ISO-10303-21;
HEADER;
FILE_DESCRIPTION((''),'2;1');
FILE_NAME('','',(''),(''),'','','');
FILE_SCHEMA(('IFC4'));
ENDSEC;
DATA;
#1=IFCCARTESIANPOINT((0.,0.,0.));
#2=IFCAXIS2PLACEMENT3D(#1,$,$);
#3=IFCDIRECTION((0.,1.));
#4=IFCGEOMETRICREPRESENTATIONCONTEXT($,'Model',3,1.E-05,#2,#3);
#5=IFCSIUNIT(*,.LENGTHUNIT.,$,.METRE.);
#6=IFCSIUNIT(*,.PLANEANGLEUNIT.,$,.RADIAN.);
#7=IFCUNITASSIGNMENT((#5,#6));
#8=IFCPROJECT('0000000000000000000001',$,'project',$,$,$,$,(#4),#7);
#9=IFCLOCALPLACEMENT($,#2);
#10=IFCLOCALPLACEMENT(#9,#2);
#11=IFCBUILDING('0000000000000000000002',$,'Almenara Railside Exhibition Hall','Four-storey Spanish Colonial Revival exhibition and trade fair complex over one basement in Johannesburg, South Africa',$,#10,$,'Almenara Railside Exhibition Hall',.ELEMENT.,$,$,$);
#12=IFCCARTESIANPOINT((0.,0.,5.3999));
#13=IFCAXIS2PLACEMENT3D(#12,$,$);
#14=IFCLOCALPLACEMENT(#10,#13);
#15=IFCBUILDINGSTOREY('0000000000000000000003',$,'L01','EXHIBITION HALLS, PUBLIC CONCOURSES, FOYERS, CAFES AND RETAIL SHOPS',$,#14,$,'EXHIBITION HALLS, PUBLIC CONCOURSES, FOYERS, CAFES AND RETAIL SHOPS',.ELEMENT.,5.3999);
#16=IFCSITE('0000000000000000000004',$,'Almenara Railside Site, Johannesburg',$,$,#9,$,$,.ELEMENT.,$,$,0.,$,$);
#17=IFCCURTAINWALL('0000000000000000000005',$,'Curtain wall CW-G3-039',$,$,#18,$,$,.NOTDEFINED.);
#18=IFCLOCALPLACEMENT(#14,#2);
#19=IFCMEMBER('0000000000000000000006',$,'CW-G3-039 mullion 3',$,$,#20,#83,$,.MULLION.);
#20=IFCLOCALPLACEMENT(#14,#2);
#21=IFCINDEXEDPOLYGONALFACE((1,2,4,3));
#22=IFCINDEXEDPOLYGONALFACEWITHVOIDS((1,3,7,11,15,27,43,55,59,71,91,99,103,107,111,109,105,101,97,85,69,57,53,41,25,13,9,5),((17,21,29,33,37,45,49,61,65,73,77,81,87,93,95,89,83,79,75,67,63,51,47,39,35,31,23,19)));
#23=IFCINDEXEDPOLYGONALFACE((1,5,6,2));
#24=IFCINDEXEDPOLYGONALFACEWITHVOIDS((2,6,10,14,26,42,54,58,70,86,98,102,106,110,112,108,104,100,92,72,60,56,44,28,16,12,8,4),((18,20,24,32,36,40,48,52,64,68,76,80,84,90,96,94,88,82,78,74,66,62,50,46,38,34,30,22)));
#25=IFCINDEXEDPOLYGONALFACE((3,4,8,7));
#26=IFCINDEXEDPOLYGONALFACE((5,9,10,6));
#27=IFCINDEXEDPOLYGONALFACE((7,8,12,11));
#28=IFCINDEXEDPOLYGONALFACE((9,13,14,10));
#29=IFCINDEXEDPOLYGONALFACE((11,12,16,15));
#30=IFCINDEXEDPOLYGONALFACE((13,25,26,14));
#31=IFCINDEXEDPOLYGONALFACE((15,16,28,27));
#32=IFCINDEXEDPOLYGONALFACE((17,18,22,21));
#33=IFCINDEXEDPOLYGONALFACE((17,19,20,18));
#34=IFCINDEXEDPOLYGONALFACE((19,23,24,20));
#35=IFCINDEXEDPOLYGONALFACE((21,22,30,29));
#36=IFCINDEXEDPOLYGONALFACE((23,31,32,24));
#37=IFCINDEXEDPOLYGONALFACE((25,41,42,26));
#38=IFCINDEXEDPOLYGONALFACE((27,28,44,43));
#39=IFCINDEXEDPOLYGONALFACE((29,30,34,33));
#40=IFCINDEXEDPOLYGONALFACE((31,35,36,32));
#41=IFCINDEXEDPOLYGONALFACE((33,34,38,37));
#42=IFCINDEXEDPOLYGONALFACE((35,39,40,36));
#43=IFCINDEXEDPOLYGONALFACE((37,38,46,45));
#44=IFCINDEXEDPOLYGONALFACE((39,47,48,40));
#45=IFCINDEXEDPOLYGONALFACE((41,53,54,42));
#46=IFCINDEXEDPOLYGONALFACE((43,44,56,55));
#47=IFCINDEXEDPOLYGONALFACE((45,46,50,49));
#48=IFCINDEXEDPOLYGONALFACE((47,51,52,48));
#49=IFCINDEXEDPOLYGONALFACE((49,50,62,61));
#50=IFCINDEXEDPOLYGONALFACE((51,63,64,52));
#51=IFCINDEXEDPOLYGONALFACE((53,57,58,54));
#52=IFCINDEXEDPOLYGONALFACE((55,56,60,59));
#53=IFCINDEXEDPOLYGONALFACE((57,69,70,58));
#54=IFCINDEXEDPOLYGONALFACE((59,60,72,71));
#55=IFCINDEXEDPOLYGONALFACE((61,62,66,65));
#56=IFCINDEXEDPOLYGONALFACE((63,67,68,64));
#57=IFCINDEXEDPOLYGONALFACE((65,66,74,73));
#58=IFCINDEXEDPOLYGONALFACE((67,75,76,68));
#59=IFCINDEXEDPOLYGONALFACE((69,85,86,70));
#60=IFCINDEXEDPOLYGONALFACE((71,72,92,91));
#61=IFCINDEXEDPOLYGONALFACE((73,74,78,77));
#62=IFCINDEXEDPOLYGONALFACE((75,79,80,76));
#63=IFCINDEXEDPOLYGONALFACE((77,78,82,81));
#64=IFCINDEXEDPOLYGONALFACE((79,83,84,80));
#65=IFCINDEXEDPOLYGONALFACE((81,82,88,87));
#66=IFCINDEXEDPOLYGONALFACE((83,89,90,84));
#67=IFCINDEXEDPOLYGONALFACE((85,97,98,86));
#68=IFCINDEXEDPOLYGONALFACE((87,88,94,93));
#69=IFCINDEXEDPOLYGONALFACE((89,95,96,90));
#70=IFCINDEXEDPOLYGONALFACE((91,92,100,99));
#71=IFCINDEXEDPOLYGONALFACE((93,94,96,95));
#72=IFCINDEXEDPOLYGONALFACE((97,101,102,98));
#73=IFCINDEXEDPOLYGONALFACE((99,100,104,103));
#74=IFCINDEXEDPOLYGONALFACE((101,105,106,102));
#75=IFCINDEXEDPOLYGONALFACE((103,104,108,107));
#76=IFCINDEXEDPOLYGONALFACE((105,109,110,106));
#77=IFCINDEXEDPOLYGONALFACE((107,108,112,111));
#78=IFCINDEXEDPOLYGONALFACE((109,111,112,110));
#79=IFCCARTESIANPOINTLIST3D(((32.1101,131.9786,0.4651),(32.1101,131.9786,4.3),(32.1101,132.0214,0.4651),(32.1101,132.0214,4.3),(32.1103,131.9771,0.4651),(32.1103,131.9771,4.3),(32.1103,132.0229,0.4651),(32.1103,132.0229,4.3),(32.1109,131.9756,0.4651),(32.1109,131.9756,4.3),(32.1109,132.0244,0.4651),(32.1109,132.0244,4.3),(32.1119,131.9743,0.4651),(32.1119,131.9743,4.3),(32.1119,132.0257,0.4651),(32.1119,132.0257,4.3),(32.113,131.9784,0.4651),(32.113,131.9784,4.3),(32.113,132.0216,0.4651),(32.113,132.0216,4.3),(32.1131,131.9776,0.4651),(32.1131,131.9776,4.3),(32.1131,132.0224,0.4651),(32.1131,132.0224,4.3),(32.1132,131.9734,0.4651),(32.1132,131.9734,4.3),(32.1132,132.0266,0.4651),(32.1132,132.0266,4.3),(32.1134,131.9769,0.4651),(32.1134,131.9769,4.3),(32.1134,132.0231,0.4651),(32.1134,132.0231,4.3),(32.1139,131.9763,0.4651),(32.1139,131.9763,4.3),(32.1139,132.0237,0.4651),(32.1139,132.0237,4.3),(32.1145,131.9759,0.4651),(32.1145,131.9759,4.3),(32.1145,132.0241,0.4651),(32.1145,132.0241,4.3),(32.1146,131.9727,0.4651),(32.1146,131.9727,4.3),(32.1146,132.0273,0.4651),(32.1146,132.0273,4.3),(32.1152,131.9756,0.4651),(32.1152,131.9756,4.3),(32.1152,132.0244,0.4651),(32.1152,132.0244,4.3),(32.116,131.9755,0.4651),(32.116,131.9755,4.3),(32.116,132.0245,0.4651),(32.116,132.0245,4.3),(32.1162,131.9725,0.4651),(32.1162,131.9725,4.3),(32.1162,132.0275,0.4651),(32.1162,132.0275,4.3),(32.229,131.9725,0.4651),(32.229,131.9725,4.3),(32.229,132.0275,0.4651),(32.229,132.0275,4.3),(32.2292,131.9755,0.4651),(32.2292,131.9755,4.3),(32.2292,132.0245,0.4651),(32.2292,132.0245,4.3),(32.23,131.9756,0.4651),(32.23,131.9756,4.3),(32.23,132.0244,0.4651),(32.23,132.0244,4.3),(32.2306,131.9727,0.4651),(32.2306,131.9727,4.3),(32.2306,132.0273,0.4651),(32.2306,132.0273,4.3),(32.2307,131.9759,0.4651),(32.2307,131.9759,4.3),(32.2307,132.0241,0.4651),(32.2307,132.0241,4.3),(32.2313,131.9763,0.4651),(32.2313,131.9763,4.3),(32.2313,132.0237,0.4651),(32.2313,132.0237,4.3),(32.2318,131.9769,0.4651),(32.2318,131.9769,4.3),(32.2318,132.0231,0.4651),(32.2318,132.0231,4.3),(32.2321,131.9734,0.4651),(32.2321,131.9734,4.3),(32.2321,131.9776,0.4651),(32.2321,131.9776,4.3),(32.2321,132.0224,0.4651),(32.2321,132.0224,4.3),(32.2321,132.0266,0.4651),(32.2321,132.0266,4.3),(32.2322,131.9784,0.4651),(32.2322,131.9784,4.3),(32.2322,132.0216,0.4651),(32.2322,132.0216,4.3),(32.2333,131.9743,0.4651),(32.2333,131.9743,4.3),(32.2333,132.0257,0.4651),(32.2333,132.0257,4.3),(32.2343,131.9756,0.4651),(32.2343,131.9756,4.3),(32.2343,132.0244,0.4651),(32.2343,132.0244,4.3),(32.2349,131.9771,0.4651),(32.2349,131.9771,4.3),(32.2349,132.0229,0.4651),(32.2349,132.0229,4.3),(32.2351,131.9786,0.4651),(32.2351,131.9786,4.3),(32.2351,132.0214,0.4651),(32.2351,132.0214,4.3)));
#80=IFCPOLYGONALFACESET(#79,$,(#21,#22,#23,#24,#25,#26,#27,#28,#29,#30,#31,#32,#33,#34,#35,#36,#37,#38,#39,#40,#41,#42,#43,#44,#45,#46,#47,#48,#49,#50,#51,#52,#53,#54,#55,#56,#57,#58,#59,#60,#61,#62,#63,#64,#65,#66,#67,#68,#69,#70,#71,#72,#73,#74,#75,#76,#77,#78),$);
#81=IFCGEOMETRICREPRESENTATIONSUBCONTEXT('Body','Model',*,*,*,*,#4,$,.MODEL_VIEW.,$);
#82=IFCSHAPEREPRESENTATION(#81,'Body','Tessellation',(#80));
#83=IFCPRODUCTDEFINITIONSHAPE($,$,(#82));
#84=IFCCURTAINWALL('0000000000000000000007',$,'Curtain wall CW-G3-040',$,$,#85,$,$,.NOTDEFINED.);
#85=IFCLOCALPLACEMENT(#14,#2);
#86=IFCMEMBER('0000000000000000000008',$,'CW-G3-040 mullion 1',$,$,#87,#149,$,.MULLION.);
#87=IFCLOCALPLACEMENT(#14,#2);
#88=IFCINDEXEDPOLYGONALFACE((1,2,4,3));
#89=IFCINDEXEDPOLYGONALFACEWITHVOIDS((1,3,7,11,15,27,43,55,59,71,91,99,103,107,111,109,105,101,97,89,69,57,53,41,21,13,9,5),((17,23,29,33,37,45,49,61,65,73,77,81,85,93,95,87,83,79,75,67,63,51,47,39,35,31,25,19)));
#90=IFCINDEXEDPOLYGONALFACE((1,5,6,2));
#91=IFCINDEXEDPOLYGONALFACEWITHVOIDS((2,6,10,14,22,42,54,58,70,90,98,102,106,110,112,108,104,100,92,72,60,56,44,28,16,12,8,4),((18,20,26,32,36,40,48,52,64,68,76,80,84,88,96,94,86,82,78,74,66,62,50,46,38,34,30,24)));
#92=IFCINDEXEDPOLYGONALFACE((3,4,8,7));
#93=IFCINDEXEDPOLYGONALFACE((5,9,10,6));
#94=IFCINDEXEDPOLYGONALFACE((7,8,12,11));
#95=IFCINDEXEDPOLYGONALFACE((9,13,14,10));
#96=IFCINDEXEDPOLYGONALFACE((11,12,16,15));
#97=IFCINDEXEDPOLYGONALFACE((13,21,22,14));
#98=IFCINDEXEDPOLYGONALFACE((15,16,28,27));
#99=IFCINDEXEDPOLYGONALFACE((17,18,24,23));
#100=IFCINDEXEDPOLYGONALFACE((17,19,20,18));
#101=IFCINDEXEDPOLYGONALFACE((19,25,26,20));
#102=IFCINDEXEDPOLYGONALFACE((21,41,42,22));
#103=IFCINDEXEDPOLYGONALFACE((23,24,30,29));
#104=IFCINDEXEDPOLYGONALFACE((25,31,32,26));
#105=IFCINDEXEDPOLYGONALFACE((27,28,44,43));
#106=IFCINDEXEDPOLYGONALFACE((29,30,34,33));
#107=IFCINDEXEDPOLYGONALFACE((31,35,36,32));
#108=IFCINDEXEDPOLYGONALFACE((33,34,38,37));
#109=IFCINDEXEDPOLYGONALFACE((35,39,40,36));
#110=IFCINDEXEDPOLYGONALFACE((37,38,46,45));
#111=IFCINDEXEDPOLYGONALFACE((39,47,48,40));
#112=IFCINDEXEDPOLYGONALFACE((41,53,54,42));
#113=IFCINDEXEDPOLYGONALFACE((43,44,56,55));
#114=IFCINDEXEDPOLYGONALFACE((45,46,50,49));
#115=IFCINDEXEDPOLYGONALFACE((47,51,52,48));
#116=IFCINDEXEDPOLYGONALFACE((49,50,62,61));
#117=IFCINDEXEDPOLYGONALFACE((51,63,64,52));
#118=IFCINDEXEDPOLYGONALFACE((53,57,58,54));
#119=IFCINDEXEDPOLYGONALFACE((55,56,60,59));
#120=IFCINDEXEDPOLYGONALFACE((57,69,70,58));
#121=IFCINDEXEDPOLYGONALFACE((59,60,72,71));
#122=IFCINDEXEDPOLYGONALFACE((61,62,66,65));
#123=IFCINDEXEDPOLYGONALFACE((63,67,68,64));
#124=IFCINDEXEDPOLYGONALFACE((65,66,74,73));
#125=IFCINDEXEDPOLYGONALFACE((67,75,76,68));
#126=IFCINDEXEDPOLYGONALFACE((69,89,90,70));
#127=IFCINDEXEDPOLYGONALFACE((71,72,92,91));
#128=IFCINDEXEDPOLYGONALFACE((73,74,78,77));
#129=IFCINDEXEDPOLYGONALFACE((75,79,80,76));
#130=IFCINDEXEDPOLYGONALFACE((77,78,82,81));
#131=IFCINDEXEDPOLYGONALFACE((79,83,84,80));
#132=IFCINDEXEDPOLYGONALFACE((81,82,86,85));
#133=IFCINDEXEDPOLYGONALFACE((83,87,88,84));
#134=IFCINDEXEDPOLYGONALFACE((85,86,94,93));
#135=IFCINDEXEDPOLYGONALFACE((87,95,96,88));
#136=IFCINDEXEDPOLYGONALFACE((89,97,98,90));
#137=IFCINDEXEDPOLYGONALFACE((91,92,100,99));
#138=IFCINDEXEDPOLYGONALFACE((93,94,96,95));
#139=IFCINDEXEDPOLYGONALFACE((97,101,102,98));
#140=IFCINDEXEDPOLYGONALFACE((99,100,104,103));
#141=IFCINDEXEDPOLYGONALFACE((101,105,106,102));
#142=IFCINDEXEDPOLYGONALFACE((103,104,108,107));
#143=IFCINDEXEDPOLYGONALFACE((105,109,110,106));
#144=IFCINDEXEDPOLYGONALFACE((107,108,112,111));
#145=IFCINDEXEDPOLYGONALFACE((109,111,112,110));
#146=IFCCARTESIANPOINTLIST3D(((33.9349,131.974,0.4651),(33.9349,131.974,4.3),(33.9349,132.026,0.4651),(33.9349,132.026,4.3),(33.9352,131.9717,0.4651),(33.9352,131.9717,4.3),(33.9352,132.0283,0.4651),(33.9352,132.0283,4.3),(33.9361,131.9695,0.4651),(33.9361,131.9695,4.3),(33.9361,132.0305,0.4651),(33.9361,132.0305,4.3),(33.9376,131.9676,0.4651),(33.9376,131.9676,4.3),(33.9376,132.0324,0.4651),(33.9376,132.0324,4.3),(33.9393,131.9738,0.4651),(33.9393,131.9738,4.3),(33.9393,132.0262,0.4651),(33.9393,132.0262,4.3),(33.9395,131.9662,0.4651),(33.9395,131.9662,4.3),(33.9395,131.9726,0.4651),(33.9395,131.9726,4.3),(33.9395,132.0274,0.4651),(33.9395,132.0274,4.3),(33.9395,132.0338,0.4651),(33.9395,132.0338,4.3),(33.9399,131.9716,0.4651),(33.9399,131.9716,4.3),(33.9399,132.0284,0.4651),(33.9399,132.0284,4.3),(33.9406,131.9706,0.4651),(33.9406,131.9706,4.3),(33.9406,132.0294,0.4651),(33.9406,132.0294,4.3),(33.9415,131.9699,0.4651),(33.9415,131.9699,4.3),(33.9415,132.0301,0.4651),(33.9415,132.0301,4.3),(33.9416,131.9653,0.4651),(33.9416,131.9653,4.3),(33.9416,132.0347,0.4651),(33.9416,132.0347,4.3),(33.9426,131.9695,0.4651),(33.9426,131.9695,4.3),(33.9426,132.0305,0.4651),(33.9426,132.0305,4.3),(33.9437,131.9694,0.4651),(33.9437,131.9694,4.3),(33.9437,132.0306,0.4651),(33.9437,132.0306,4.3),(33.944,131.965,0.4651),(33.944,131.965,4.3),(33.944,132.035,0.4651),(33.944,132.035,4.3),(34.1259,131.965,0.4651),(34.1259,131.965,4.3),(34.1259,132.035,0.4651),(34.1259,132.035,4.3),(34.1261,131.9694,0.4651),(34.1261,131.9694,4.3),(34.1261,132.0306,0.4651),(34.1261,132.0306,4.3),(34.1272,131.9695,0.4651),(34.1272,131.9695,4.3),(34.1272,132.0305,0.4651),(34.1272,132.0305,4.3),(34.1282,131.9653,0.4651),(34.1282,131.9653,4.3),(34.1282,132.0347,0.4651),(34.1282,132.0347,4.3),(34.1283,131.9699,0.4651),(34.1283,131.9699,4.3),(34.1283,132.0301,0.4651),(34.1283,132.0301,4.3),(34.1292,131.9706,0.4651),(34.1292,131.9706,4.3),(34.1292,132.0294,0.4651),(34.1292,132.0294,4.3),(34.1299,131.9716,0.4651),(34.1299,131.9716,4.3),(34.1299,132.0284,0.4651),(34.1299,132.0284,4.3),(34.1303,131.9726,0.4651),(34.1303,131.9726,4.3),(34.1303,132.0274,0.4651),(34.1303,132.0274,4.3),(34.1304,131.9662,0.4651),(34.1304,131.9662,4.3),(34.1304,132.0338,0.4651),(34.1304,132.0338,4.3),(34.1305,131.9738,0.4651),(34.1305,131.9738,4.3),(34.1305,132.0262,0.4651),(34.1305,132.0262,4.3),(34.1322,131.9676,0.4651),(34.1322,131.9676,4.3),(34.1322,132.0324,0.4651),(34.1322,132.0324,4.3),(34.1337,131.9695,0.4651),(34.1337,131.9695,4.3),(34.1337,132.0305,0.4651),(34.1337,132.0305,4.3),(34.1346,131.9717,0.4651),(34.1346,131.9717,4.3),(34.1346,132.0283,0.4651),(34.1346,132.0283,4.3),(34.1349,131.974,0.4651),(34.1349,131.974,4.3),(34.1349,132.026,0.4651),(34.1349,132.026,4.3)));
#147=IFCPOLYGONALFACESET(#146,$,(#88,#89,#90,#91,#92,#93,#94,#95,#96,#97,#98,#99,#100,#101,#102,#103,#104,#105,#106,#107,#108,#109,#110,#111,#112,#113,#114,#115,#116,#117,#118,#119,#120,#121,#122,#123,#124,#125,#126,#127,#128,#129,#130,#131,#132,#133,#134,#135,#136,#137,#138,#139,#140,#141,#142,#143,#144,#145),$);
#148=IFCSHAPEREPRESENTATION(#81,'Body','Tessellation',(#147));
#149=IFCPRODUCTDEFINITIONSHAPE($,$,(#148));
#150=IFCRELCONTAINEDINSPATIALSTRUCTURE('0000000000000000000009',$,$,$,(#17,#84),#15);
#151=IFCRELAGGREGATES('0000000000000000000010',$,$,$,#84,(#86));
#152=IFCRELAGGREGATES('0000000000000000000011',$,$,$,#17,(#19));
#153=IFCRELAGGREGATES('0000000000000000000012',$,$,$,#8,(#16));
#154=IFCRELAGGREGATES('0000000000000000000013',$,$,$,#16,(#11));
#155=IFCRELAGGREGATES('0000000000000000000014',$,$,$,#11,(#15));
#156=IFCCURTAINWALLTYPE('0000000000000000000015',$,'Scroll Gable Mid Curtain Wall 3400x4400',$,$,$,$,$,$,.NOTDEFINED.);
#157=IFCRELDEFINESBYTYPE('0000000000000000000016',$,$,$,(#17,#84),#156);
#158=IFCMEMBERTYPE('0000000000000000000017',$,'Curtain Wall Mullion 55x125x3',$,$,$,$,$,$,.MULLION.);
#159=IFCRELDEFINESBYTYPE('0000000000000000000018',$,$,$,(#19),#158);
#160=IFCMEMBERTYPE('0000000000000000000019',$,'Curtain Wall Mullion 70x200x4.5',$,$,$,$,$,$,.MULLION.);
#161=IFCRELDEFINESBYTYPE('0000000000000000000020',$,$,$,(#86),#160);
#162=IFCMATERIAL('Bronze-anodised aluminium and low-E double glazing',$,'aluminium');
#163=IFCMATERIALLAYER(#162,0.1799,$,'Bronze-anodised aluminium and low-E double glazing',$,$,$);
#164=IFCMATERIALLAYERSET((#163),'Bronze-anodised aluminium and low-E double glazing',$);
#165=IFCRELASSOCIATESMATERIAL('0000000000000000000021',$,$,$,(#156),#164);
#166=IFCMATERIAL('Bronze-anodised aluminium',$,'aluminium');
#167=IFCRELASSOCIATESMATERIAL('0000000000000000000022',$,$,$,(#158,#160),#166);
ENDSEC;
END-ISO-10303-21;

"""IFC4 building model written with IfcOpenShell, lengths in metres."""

from ifc_helpers import new_model, si_unit, direction, frame, origin, origin_2d, place, context, subcontext, project, spatial, hollow_rectangle, extrude, material, layer, layer_set, material_profile, profile_set, type_object, element, aggregate, save


model = new_model("IFC4")

# Units and contexts
model_context = context("Model", 3, precision=1e-05, world=origin(), true_north=direction((0.0, 1.0)))
body_context = subcontext(model_context, "Body", "Model", "MODEL_VIEW")
ifc_project = project(units=[si_unit("LENGTHUNIT", "METRE"), si_unit("PLANEANGLEUNIT", "RADIAN")], contexts=[model_context])

# Site, building, storey
site_placement = place(None, origin())
site = spatial("IfcSite", under=ifc_project, at=site_placement, Name="Almenara Railside Site, Johannesburg", CompositionType="ELEMENT", RefElevation=0.0)
building_placement = place(site_placement, origin())
building = spatial("IfcBuilding", under=site, at=building_placement, Name="Almenara Railside Exhibition Hall", Description="Four-storey Spanish Colonial Revival exhibition and trade fair complex over one basement in Johannesburg, South Africa", LongName="Almenara Railside Exhibition Hall", CompositionType="ELEMENT")
storey_placement = place(building_placement, frame((0.0, 0.0, 5.3999)))
storey = spatial("IfcBuildingStorey", under=building, at=storey_placement, Name="L01", Description="EXHIBITION HALLS, PUBLIC CONCOURSES, FOYERS, CAFES AND RETAIL SHOPS", LongName="EXHIBITION HALLS, PUBLIC CONCOURSES, FOYERS, CAFES AND RETAIL SHOPS", CompositionType="ELEMENT", Elevation=5.3999)

# Curtain wall, member
ifc_material_1 = material(Name="Bronze-anodised aluminium and low-E double glazing", Category="aluminium")
ifc_layer_1 = layer(ifc_material_1, 0.1799, Name="Bronze-anodised aluminium and low-E double glazing")
ifc_layer_set_1 = layer_set([ifc_layer_1], Name="Bronze-anodised aluminium and low-E double glazing")
curtain_wall_type = type_object("IfcCurtainWallType", Name="Scroll Gable Mid Curtain Wall 3400x4400", PredefinedType="NOTDEFINED", material=ifc_layer_set_1)
curtain_wall_1_placement = place(storey_placement, origin())
curtain_wall_1 = element("IfcCurtainWall", 1, at=curtain_wall_1_placement, inside=storey, type_object=curtain_wall_type, Name="Curtain wall CW-G3-039", PredefinedType="NOTDEFINED")
ifc_material_2 = material(Name="Bronze-anodised aluminium", Category="aluminium")
ifc_material_profile_1 = material_profile(ifc_material_2, hollow_rectangle(XDim=0.0549, YDim=0.125, WallThickness=0.0029, InnerFilletRadius=0.0029, OuterFilletRadius=0.0061, at=origin_2d()), Name="ALU-MUL 55x125x3")
ifc_profile_set_1 = profile_set([ifc_material_profile_1], Name="Bronze-anodised aluminium")
member_type_1 = type_object("IfcMemberType", Name="Curtain Wall Mullion 55x125x3", PredefinedType="MULLION", material=ifc_profile_set_1)
member_1_placement = place(storey_placement, frame((32.1726, 132.0, 0.4651), z_axis=(0.0, 0.0, 1.0), x_axis=(0.0, 1.0, 0.0)))
member_1 = element("IfcMember", 2, at=member_1_placement, type_object=member_type_1, Name="CW-G3-039 mullion 3", PredefinedType="MULLION", context=body_context, shape_type="SweptSolid", body=[
    extrude(hollow_rectangle(XDim=0.0549, YDim=0.125, WallThickness=0.0029, InnerFilletRadius=0.0029, OuterFilletRadius=0.0061, at=origin_2d()), origin(), (0.0, 0.0, 1.0), 3.835),
])

# Curtain wall, member
curtain_wall_2_placement = place(storey_placement, origin())
curtain_wall_2 = element("IfcCurtainWall", 3, at=curtain_wall_2_placement, inside=storey, type_object=curtain_wall_type, Name="Curtain wall CW-G3-040", PredefinedType="NOTDEFINED")
ifc_material_profile_2 = material_profile(ifc_material_2, hollow_rectangle(XDim=0.0701, YDim=0.2, WallThickness=0.0044, InnerFilletRadius=0.0044, OuterFilletRadius=0.009, at=origin_2d()), Name="ALU-MUL 70x200x4.5")
ifc_profile_set_2 = profile_set([ifc_material_profile_2], Name="Bronze-anodised aluminium")
member_type_2 = type_object("IfcMemberType", Name="Curtain Wall Mullion 70x200x4.5", PredefinedType="MULLION", material=ifc_profile_set_2)
member_2_placement = place(storey_placement, frame((34.0349, 132.0, 0.4651), z_axis=(0.0, 0.0, 1.0), x_axis=(0.0, 1.0, 0.0)))
member_2 = element("IfcMember", 4, at=member_2_placement, type_object=member_type_2, Name="CW-G3-040 mullion 1", PredefinedType="MULLION", context=body_context, shape_type="SweptSolid", body=[
    extrude(hollow_rectangle(XDim=0.0701, YDim=0.2, WallThickness=0.0044, InnerFilletRadius=0.0044, OuterFilletRadius=0.009, at=origin_2d()), origin(), (0.0, 0.0, 1.0), 3.835),
])

aggregate(curtain_wall_2, [member_2])
aggregate(curtain_wall_1, [member_1])

save(model, "model.ifc")
